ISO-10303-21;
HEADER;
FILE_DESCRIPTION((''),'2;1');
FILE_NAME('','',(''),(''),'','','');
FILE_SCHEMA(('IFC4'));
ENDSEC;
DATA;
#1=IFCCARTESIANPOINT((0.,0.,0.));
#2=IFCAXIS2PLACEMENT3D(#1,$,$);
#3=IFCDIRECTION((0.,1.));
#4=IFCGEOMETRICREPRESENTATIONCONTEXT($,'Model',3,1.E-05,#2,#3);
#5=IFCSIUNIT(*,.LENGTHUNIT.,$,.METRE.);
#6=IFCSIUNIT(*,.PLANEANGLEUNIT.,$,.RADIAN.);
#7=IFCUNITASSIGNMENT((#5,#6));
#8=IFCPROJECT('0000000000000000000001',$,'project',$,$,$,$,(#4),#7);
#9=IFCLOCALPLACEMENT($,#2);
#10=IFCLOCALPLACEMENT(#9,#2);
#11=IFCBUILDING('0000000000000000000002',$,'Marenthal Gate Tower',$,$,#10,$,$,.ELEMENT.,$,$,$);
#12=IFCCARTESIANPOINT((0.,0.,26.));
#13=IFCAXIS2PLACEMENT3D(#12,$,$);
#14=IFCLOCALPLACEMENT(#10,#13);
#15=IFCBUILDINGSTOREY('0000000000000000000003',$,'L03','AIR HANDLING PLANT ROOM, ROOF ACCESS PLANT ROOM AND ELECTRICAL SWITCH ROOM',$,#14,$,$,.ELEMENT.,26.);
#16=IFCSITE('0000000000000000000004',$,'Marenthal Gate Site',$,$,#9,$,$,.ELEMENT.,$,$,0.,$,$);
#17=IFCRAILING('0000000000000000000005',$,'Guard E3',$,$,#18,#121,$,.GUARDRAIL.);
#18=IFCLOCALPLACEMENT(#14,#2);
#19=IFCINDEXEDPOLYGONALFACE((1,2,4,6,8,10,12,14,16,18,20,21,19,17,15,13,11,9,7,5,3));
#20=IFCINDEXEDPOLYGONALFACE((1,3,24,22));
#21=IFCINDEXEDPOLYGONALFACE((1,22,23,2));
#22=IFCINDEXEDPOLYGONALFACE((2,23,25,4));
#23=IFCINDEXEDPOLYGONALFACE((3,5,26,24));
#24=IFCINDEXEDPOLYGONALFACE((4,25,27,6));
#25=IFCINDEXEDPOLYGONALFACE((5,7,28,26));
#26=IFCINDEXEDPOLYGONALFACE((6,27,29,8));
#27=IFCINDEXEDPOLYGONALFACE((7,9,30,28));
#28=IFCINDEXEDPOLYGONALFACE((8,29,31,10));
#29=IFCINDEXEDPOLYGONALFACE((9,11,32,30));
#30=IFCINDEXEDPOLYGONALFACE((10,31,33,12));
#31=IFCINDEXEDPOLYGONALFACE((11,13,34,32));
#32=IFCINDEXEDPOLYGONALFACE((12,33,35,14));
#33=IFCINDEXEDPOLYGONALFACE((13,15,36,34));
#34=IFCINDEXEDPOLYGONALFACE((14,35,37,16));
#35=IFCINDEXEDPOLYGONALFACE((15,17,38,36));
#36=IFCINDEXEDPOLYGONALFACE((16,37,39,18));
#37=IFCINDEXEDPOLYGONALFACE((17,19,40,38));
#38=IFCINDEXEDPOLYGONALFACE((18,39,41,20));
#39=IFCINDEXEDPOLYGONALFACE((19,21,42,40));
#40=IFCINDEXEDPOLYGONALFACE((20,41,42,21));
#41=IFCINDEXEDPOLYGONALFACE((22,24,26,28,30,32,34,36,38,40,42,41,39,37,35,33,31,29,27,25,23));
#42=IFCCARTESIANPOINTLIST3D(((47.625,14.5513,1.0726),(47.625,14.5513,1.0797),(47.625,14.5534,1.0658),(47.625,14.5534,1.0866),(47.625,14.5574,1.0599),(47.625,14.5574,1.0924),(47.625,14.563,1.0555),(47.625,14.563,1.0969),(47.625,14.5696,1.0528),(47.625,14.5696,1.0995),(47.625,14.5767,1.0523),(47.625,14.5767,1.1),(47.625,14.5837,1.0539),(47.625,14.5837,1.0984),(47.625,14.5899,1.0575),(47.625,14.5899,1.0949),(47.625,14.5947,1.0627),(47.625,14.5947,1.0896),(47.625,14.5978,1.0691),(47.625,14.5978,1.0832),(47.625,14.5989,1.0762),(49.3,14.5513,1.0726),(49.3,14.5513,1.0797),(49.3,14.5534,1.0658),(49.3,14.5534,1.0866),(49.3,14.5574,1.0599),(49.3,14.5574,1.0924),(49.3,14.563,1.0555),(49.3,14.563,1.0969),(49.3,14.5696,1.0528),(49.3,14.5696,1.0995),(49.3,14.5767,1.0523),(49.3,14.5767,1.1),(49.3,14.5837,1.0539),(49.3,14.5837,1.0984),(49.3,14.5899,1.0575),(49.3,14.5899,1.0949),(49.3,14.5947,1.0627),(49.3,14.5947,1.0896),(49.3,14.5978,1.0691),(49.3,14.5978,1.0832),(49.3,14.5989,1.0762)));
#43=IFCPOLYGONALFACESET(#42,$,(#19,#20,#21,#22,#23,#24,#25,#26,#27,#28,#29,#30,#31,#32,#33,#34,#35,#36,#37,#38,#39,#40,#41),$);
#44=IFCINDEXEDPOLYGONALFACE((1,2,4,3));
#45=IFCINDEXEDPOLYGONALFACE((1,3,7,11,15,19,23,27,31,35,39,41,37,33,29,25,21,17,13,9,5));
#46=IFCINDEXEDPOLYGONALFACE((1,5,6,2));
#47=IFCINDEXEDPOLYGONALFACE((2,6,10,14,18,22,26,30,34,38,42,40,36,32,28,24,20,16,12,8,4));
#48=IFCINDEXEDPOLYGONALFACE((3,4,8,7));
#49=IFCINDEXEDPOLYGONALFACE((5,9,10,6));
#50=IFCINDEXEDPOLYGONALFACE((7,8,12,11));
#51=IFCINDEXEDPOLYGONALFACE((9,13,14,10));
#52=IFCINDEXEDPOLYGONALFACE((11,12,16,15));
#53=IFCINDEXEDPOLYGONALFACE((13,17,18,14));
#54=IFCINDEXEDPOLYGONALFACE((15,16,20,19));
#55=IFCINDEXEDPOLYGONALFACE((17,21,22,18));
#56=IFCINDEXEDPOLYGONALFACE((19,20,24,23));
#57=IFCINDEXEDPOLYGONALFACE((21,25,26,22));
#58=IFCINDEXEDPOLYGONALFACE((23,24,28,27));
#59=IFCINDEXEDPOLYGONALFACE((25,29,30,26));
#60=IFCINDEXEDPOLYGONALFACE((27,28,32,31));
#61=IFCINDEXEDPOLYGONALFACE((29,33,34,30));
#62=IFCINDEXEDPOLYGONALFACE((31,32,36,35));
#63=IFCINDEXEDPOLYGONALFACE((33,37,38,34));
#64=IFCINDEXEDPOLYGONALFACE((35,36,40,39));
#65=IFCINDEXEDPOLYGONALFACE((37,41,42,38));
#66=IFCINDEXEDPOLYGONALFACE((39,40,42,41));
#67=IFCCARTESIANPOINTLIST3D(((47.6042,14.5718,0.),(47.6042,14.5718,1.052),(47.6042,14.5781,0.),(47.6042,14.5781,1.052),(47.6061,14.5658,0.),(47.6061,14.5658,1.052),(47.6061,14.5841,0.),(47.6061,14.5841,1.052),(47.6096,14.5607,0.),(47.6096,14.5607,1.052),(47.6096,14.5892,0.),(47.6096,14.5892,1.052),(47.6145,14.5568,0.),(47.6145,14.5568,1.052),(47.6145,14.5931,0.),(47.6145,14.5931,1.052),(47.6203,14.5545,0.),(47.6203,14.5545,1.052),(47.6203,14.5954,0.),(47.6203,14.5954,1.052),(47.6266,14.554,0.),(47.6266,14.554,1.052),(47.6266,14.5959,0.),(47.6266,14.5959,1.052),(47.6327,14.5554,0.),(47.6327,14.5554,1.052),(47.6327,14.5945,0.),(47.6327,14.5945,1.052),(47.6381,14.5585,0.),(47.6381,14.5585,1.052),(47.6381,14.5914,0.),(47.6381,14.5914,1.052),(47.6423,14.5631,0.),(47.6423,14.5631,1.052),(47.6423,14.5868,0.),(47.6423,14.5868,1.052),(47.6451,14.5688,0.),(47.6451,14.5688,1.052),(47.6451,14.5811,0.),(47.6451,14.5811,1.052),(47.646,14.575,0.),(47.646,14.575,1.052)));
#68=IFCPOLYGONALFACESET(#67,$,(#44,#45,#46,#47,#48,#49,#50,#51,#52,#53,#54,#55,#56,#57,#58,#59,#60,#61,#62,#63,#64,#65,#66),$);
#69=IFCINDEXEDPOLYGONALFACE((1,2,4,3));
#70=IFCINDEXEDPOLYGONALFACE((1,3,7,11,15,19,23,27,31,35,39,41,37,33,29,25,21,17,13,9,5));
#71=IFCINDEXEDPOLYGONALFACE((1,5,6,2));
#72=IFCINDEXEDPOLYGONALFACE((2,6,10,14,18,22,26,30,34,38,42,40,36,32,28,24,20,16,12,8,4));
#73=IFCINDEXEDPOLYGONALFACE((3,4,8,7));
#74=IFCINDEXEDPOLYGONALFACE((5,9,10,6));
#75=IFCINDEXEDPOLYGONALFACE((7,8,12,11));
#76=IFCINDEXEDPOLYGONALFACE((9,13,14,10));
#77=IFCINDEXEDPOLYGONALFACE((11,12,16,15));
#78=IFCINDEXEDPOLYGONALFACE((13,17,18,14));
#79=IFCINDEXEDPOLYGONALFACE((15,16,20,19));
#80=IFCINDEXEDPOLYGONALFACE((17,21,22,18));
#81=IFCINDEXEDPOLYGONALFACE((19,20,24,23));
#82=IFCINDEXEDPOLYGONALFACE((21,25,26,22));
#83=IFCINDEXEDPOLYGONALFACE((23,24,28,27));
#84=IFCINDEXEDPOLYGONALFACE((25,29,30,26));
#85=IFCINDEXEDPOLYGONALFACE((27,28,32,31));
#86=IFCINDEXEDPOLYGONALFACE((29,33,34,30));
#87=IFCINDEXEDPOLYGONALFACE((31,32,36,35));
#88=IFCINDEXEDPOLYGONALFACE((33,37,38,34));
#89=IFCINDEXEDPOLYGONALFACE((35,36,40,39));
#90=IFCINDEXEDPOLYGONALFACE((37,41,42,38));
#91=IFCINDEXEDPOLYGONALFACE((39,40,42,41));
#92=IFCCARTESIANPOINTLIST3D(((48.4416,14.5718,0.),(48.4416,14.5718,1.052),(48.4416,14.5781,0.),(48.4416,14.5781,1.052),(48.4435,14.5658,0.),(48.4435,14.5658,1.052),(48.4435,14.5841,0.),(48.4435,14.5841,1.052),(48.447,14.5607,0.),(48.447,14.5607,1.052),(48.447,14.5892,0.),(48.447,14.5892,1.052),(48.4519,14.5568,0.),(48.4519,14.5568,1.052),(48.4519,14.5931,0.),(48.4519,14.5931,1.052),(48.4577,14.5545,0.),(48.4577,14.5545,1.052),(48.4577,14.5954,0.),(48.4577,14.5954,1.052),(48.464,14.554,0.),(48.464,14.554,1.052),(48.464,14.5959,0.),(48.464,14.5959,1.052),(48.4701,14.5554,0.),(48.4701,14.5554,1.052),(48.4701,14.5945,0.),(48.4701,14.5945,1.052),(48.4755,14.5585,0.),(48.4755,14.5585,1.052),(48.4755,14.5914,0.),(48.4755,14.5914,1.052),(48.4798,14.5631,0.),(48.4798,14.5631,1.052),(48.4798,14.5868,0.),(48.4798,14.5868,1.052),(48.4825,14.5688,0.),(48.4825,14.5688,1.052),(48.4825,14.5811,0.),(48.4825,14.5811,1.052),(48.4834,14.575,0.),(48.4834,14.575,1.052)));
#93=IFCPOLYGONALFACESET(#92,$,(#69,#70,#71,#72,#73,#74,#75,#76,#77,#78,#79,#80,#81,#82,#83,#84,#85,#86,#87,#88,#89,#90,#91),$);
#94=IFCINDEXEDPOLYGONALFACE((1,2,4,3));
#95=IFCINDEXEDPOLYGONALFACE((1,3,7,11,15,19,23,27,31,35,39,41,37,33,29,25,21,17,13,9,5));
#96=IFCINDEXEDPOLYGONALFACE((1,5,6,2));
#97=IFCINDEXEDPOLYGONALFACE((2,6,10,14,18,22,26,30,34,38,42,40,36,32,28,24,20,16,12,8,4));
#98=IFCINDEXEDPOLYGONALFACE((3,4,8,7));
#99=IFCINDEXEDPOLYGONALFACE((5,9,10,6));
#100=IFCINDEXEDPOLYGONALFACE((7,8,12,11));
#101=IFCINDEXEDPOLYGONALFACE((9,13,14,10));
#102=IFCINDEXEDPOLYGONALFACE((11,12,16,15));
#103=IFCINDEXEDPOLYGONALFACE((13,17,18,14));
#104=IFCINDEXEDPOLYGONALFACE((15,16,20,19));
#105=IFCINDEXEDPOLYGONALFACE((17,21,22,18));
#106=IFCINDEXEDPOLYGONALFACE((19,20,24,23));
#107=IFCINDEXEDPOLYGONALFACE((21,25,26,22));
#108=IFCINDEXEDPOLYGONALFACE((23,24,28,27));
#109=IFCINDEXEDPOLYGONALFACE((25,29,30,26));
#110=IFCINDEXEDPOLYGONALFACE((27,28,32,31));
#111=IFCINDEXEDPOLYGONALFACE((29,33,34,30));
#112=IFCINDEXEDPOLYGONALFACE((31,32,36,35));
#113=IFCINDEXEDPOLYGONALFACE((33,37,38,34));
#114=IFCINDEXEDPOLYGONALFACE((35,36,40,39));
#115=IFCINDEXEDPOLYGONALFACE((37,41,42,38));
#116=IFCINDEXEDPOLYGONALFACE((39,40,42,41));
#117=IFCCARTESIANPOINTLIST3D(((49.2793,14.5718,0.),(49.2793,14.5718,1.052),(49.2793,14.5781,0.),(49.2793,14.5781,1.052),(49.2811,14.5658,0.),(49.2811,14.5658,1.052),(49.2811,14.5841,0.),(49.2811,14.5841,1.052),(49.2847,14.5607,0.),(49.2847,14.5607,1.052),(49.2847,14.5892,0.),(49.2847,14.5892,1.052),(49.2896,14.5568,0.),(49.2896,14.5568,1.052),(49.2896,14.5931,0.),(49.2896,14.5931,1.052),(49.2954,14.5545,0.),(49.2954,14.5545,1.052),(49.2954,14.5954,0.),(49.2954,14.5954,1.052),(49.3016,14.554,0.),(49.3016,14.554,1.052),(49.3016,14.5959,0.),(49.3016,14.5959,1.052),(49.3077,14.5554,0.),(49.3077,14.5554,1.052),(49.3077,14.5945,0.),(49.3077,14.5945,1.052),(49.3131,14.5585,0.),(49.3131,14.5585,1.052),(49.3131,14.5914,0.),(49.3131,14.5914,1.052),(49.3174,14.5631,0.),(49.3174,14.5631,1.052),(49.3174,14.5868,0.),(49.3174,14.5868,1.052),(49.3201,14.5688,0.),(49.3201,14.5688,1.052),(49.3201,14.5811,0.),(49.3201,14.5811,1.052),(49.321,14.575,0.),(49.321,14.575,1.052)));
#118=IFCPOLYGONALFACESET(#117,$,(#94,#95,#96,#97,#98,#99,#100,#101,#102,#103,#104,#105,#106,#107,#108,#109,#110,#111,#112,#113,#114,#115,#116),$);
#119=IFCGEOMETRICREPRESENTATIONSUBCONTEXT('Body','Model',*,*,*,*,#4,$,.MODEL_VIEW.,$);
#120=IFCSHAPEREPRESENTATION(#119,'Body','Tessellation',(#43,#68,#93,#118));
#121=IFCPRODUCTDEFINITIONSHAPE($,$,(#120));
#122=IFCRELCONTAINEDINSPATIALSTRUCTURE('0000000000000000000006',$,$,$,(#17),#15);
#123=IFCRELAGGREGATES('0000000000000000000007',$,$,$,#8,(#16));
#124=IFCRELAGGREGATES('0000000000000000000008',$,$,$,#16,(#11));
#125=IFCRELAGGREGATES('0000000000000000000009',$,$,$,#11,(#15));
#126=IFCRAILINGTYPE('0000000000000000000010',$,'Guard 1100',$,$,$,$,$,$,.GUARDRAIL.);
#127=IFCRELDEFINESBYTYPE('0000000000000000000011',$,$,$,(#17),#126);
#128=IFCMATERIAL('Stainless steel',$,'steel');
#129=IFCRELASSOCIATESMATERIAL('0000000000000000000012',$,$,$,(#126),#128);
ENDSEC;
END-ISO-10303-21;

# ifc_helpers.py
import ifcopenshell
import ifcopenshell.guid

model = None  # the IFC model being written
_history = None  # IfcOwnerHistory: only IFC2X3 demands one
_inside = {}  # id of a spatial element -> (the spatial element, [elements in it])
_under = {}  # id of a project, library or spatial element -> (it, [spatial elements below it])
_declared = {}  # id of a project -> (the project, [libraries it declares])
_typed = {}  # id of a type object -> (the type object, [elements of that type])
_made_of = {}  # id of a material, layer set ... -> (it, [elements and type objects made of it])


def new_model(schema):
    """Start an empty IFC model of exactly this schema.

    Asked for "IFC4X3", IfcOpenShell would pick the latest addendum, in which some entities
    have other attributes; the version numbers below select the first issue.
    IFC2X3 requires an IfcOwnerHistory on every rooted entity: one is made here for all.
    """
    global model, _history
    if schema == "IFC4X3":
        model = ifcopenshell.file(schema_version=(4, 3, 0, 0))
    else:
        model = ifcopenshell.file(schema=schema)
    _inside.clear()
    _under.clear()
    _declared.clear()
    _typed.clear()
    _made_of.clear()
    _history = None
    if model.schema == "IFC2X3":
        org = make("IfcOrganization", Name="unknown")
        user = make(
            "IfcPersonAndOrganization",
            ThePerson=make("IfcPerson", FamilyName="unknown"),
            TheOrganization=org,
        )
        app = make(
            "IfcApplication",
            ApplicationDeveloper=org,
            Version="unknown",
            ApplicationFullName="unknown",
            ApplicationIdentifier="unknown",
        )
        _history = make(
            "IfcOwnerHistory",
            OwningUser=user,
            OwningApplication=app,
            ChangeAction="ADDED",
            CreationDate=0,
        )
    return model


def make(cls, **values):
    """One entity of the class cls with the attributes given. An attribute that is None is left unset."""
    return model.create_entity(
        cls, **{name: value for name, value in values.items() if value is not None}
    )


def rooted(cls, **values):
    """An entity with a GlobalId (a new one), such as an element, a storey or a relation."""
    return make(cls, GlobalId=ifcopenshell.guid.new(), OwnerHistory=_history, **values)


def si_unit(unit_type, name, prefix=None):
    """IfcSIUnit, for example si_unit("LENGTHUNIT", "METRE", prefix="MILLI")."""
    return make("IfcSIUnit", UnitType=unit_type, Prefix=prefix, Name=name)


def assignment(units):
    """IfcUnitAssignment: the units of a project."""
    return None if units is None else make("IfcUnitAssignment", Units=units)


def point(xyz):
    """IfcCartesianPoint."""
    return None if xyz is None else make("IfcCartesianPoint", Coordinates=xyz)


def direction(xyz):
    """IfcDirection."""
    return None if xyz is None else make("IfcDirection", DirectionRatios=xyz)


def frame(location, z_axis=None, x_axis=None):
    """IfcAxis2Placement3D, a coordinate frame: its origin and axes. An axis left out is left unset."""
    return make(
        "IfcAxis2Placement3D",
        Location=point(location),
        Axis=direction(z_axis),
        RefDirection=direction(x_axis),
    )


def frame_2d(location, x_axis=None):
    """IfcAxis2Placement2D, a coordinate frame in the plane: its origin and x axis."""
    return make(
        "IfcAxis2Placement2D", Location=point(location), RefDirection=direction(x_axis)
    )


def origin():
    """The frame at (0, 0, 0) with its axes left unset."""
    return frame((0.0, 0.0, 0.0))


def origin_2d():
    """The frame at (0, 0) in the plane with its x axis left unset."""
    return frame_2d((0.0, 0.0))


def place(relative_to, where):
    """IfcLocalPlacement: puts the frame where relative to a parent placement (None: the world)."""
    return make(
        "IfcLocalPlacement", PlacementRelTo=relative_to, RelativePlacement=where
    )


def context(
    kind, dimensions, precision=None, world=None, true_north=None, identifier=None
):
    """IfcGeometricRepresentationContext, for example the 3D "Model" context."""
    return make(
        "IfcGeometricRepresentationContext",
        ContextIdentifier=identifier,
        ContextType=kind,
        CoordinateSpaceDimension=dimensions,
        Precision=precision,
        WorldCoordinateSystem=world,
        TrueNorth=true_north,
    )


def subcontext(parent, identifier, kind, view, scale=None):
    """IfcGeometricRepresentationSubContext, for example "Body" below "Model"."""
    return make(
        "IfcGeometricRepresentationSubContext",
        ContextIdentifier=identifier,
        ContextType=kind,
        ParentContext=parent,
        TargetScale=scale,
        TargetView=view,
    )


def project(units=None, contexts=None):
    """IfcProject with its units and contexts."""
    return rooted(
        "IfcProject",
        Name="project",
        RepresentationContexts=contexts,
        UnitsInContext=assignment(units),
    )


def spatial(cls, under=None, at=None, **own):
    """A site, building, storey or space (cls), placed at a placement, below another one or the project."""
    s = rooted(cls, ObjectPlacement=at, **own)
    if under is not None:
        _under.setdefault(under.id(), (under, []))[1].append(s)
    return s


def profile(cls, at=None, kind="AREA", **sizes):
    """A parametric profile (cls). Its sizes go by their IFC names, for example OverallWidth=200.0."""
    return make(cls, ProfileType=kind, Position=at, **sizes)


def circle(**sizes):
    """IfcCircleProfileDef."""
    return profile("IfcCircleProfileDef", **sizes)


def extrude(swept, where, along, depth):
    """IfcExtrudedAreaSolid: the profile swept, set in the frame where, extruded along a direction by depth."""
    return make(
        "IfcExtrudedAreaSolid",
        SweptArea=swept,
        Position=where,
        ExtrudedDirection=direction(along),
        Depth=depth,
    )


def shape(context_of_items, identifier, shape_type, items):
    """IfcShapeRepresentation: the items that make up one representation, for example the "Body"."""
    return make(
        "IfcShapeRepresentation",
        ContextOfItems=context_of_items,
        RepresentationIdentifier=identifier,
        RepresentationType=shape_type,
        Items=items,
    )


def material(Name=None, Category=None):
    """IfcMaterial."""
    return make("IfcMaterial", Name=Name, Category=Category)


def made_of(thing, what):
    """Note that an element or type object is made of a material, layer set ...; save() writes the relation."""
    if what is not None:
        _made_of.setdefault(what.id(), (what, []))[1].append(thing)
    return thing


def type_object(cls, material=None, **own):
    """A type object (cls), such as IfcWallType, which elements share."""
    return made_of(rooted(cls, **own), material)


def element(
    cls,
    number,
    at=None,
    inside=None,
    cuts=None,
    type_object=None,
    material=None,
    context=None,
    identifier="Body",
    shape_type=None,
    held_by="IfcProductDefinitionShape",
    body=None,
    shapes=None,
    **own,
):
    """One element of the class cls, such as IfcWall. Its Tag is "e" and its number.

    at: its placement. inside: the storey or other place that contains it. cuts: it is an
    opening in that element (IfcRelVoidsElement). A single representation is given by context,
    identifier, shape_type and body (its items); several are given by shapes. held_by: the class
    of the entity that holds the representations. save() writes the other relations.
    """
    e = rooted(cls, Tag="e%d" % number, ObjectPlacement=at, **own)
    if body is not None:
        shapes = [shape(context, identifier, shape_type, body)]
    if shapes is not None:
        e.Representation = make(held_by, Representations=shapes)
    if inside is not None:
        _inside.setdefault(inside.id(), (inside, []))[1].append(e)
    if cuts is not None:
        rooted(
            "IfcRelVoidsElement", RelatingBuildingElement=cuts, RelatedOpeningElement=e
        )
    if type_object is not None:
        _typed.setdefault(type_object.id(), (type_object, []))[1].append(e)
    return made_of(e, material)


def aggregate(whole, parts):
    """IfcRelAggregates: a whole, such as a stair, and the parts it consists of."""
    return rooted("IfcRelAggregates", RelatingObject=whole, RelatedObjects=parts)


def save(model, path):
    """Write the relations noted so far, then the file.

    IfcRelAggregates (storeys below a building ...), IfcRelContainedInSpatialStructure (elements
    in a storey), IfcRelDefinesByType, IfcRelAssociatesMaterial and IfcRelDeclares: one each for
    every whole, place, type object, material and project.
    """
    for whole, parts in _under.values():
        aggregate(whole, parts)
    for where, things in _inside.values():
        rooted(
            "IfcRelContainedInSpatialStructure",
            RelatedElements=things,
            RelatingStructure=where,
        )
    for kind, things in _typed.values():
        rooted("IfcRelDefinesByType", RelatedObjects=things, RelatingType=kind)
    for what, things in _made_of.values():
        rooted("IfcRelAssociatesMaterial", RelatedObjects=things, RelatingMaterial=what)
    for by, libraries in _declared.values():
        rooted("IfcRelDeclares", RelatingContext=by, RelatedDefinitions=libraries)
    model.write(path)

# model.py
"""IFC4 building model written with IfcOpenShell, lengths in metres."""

from ifc_helpers import new_model, si_unit, direction, frame, origin, origin_2d, place, context, subcontext, project, spatial, circle, extrude, material, type_object, element, save


model = new_model("IFC4")

# Units and contexts
model_context = context("Model", 3, precision=1e-05, world=origin(), true_north=direction((0.0, 1.0)))
body_context = subcontext(model_context, "Body", "Model", "MODEL_VIEW")
ifc_project = project(units=[si_unit("LENGTHUNIT", "METRE"), si_unit("PLANEANGLEUNIT", "RADIAN")], contexts=[model_context])

# Site, building, storey
site_placement = place(None, origin())
site = spatial("IfcSite", under=ifc_project, at=site_placement, Name="Marenthal Gate Site", CompositionType="ELEMENT", RefElevation=0.0)
building_placement = place(site_placement, origin())
building = spatial("IfcBuilding", under=site, at=building_placement, Name="Marenthal Gate Tower", CompositionType="ELEMENT")
storey_placement = place(building_placement, frame((0.0, 0.0, 26.0)))
storey = spatial("IfcBuildingStorey", under=building, at=storey_placement, Name="L03", Description="AIR HANDLING PLANT ROOM, ROOF ACCESS PLANT ROOM AND ELECTRICAL SWITCH ROOM", CompositionType="ELEMENT", Elevation=26.0)

# Railing
ifc_material_1 = material(Name="Stainless steel", Category="steel")
railing_type = type_object("IfcRailingType", Name="Guard 1100", PredefinedType="GUARDRAIL", material=ifc_material_1)
railing_placement = place(storey_placement, frame((47.625, 14.575, 0.0)))
element("IfcRailing", 1, at=railing_placement, inside=storey, type_object=railing_type, Name="Guard E3", PredefinedType="GUARDRAIL", context=body_context, shape_type="SweptSolid", body=[
    extrude(circle(Radius=0.0239, at=origin_2d()), frame((0.0, 0.0, 1.0762), z_axis=(1.0, 0.0, 0.0), x_axis=(0.0, 1.0, 0.0)), (0.0, 0.0, 1.0), 1.675),
    extrude(circle(Radius=0.021, at=origin_2d()), origin(), (0.0, 0.0, 1.0), 1.052),
    extrude(circle(Radius=0.021, at=origin_2d()), frame((0.8374, 0.0, 0.0)), (0.0, 0.0, 1.0), 1.052),
    extrude(circle(Radius=0.021, at=origin_2d()), frame((1.675, 0.0, 0.0)), (0.0, 0.0, 1.0), 1.052),
])

save(model, "model.ifc")
